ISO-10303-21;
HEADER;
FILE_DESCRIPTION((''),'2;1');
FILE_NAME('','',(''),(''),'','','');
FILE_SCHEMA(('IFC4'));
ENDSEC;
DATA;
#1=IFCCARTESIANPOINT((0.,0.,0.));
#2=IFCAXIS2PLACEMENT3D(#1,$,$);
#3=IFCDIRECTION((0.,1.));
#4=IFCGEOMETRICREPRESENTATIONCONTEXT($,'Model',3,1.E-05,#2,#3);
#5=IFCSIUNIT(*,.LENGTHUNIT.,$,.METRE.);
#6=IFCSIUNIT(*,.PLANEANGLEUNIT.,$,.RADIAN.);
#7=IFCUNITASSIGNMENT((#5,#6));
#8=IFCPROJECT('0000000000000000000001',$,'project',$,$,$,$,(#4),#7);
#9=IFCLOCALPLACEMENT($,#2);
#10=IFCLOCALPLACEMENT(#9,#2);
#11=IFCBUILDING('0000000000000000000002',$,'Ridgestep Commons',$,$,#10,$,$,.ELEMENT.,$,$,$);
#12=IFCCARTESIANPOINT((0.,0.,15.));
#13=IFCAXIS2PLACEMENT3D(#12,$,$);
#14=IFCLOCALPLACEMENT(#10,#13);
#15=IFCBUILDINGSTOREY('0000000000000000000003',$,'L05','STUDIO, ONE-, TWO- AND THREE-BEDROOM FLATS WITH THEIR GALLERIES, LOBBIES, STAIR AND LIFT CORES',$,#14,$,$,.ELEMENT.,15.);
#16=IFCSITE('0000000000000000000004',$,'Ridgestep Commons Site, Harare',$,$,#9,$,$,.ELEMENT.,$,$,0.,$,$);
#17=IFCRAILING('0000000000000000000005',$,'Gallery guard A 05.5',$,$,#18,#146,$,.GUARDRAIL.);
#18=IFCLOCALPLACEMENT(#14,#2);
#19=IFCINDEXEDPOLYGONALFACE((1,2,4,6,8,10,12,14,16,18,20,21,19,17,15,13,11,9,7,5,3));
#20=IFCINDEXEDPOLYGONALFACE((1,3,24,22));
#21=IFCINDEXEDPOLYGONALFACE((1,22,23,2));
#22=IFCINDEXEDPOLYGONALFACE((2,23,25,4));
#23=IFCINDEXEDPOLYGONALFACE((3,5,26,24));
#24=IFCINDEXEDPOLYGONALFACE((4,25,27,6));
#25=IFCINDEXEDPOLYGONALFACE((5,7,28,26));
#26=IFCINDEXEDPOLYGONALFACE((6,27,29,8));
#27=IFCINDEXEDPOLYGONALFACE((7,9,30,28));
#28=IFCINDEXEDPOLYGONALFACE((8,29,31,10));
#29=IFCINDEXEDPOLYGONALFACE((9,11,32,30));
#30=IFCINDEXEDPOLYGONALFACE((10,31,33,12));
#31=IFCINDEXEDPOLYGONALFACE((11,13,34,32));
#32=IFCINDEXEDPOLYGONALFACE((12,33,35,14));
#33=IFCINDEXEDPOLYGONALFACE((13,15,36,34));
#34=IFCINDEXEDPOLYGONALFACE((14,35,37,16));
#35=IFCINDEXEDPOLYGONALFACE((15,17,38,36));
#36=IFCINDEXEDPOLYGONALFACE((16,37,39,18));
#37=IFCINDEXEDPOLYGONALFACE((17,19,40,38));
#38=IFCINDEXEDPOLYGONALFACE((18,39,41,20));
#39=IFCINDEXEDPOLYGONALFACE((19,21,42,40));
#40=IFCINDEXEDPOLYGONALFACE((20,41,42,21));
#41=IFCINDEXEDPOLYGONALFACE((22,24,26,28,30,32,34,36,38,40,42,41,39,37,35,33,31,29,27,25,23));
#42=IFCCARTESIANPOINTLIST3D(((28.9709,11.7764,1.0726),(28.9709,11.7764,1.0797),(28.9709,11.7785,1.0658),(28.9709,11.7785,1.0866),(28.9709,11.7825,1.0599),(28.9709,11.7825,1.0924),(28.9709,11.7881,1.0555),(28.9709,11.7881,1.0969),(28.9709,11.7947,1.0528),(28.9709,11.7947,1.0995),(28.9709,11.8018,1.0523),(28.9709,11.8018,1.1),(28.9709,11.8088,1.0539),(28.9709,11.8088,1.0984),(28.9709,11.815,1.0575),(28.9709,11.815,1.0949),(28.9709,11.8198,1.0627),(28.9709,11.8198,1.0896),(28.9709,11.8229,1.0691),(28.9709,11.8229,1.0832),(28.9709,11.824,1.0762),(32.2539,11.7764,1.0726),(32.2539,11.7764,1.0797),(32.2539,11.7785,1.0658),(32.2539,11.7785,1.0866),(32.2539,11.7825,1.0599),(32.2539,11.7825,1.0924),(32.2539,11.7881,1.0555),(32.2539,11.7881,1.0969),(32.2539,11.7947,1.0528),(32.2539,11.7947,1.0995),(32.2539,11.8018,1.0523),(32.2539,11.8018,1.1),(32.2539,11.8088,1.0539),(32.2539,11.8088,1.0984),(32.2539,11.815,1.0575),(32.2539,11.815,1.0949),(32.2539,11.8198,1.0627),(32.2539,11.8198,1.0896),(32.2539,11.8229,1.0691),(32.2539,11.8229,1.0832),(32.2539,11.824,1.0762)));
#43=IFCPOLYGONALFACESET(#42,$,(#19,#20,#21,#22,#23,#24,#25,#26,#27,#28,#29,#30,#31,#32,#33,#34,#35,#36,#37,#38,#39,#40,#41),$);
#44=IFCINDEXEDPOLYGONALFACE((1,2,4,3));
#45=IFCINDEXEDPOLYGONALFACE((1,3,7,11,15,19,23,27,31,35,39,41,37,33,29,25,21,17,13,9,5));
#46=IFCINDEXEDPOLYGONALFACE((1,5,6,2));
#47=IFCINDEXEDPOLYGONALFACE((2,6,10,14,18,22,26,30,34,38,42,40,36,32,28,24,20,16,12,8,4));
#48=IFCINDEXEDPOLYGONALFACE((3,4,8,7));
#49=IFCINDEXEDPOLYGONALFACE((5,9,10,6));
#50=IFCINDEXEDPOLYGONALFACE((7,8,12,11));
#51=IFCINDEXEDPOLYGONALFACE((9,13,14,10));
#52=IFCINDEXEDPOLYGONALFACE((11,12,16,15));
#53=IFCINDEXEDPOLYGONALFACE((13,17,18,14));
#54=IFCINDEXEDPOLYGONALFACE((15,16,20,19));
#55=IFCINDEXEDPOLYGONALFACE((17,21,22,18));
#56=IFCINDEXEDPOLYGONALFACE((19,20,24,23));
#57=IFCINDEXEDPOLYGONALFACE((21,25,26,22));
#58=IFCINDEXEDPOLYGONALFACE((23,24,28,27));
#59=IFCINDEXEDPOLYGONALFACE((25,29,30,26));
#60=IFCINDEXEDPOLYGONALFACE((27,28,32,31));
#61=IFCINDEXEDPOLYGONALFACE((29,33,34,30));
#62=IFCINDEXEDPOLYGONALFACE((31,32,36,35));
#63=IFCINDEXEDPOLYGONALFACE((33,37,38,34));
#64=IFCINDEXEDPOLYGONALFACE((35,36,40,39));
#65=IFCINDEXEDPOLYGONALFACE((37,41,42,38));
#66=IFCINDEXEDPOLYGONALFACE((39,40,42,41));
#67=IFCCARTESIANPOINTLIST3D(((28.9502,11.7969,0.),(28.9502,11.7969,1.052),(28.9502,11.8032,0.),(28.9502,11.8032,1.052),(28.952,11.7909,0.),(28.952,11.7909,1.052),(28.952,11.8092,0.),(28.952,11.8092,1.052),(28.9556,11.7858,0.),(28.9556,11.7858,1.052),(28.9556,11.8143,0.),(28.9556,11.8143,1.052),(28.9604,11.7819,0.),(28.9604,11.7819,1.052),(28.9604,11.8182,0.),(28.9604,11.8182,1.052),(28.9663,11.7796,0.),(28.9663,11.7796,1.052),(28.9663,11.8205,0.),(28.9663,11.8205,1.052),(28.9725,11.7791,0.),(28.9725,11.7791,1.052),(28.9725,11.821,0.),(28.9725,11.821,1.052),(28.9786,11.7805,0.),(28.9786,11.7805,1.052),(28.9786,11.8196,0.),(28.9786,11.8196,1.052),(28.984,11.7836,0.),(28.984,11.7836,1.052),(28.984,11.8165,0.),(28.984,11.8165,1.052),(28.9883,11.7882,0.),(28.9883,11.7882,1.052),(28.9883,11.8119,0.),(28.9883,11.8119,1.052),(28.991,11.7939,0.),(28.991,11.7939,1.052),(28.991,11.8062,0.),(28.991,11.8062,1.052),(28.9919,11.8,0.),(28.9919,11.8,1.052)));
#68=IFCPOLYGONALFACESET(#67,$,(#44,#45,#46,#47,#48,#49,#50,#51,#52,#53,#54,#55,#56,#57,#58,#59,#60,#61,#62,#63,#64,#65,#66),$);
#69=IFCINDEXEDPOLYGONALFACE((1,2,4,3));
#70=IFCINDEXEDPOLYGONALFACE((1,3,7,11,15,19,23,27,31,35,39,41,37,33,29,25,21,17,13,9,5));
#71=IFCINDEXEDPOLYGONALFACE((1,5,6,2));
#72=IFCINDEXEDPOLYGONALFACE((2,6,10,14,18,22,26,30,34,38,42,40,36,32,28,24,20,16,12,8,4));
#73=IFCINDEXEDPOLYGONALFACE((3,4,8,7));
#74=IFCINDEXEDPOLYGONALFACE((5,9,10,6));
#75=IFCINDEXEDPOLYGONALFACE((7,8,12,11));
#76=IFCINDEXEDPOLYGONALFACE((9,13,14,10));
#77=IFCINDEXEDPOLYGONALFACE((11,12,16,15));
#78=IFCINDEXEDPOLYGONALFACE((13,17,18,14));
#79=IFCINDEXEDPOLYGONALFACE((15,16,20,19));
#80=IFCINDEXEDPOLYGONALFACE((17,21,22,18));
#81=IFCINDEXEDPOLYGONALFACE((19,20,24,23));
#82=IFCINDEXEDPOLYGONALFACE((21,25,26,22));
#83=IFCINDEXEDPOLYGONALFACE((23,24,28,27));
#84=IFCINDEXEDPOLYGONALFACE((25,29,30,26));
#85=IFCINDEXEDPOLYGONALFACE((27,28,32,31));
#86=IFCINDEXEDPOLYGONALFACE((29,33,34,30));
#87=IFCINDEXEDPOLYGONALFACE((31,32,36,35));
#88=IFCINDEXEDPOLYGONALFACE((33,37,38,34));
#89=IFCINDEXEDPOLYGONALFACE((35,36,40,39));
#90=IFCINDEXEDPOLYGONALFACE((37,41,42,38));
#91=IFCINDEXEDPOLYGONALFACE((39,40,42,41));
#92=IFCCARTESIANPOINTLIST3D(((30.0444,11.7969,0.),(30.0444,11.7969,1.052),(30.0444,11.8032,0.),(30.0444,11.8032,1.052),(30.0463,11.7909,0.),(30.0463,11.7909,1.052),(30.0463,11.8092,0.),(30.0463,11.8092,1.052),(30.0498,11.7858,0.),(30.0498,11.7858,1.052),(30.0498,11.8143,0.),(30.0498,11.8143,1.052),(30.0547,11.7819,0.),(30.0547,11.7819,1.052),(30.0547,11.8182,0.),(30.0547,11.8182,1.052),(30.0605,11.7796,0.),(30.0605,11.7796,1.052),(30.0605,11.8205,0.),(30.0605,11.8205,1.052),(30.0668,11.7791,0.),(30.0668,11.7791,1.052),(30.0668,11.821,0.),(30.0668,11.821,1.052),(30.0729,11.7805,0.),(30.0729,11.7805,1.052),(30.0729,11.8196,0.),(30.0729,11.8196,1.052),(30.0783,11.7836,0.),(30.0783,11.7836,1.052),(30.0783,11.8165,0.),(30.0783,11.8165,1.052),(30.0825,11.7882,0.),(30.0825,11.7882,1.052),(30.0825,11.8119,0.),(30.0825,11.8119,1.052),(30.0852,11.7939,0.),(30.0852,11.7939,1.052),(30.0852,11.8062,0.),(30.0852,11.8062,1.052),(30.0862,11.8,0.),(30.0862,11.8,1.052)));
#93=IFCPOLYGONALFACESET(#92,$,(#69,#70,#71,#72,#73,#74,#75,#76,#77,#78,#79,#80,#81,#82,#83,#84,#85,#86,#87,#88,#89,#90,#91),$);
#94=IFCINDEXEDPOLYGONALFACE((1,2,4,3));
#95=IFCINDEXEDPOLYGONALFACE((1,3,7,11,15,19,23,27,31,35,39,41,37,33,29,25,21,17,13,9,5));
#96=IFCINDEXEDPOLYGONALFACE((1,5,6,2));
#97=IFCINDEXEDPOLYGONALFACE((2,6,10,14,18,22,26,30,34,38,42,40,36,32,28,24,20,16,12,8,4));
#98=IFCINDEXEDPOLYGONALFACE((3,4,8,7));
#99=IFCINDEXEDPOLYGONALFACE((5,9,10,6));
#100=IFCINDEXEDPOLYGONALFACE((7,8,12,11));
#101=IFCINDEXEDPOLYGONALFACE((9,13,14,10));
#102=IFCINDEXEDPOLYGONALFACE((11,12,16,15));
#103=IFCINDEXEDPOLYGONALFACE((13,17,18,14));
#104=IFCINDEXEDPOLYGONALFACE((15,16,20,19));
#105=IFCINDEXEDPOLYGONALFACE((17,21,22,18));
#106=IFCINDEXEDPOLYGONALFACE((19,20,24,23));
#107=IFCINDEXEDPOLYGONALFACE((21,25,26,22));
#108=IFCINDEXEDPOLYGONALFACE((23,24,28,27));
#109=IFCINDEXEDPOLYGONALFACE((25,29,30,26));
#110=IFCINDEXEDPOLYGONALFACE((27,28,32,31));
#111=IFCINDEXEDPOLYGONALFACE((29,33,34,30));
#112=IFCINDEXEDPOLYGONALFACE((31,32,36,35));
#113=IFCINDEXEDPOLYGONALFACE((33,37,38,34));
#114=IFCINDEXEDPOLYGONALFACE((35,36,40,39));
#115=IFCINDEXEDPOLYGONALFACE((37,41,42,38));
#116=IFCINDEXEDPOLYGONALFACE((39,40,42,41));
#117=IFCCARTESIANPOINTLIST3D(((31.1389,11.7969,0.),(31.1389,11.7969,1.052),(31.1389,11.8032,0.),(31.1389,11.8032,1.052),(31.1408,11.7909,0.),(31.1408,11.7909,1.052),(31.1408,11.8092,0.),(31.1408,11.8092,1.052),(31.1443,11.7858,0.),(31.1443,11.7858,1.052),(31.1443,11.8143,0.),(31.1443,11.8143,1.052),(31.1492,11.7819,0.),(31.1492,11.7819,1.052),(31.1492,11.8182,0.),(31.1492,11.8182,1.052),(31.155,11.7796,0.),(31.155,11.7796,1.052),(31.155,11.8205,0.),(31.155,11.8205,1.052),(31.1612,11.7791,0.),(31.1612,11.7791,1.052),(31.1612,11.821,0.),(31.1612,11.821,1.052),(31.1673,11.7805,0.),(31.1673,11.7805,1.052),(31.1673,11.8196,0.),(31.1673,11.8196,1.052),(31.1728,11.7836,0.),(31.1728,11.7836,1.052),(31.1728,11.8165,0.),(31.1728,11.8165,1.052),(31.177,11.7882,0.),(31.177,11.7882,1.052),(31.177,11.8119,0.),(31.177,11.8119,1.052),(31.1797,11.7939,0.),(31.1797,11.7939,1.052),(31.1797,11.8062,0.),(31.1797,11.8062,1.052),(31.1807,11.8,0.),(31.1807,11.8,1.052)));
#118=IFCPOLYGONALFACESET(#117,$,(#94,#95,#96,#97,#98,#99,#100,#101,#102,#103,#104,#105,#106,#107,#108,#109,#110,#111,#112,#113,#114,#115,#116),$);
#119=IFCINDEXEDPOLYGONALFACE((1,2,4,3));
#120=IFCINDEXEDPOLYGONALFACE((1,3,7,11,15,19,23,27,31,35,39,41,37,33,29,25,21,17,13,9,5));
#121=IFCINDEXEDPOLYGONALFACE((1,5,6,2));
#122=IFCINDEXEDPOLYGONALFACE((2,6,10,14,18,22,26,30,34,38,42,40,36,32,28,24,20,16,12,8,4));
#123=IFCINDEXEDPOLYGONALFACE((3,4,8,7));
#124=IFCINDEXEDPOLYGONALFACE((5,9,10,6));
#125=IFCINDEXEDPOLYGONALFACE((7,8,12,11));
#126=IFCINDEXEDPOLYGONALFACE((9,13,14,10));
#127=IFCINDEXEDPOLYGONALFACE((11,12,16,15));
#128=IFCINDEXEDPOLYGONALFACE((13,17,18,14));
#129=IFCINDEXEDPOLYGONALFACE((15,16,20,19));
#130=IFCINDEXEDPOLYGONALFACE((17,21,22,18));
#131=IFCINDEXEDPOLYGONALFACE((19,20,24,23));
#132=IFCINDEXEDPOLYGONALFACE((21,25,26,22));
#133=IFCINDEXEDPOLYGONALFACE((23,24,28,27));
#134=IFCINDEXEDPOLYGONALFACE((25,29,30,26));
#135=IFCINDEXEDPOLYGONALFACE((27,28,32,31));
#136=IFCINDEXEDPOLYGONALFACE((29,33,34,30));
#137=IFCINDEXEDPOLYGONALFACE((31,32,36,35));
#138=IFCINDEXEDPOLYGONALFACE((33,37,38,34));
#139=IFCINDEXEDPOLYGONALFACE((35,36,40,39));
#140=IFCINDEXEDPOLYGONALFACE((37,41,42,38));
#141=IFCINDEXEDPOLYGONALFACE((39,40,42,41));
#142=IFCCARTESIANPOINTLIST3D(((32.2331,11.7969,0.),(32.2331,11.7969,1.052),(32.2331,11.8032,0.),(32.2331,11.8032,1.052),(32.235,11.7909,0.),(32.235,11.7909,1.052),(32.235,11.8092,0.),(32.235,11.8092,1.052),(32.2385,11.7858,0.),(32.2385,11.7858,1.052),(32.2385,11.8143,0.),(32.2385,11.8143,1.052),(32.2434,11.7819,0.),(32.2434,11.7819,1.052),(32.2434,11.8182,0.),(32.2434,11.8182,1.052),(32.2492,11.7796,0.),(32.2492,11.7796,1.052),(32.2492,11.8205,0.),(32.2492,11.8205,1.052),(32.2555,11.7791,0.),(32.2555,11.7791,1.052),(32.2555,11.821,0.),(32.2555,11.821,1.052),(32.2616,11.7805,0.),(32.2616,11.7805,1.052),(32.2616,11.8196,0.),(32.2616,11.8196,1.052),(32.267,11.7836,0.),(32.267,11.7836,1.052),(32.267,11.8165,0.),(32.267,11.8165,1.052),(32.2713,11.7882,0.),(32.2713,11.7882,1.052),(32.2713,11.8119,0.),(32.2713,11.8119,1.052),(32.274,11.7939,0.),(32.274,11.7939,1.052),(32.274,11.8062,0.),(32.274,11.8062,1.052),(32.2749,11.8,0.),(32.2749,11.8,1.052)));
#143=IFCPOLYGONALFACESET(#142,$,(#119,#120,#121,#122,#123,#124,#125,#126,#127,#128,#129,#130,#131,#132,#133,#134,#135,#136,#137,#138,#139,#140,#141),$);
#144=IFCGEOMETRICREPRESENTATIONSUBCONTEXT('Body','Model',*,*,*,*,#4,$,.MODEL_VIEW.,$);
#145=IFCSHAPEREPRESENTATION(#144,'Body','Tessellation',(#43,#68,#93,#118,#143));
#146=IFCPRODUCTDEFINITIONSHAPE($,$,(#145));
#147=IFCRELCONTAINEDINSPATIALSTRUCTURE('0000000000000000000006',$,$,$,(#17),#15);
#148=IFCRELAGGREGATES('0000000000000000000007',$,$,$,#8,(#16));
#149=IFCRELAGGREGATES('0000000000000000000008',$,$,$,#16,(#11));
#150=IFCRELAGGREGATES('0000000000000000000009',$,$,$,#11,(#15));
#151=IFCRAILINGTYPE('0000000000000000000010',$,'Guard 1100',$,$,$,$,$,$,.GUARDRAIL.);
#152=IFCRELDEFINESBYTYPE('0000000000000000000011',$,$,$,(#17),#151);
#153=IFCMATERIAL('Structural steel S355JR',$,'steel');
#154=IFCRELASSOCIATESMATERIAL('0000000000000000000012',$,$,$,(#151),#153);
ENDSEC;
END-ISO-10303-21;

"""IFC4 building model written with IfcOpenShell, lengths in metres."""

from ifc_helpers import new_model, si_unit, direction, frame, origin, origin_2d, place, context, subcontext, project, spatial, circle, extrude, material, type_object, element, save


model = new_model("IFC4")

# Units and contexts
model_context = context("Model", 3, precision=1e-05, world=origin(), true_north=direction((0.0, 1.0)))
body_context = subcontext(model_context, "Body", "Model", "MODEL_VIEW")
ifc_project = project(units=[si_unit("LENGTHUNIT", "METRE"), si_unit("PLANEANGLEUNIT", "RADIAN")], contexts=[model_context])

# Site, building, storey
site_placement = place(None, origin())
site = spatial("IfcSite", under=ifc_project, at=site_placement, Name="Ridgestep Commons Site, Harare", CompositionType="ELEMENT", RefElevation=0.0)
building_placement = place(site_placement, origin())
building = spatial("IfcBuilding", under=site, at=building_placement, Name="Ridgestep Commons", CompositionType="ELEMENT")
storey_placement = place(building_placement, frame((0.0, 0.0, 15.0)))
storey = spatial("IfcBuildingStorey", under=building, at=storey_placement, Name="L05", Description="STUDIO, ONE-, TWO- AND THREE-BEDROOM FLATS WITH THEIR GALLERIES, LOBBIES, STAIR AND LIFT CORES", CompositionType="ELEMENT", Elevation=15.0)

# Railing
ifc_material_1 = material(Name="Structural steel S355JR", Category="steel")
railing_type = type_object("IfcRailingType", Name="Guard 1100", PredefinedType="GUARDRAIL", material=ifc_material_1)
railing_1_placement = place(storey_placement, frame((28.9709, 11.8, 0.0)))
element("IfcRailing", 1, at=railing_1_placement, inside=storey, type_object=railing_type, Name="Gallery guard A 05.5", PredefinedType="GUARDRAIL", context=body_context, shape_type="SweptSolid", body=[
    extrude(circle(Radius=0.0239, at=origin_2d()), frame((0.0, 0.0, 1.0762), z_axis=(1.0, 0.0, 0.0), x_axis=(0.0, 1.0, 0.0)), (0.0, 0.0, 1.0), 3.283),
    extrude(circle(Radius=0.021, at=origin_2d()), origin(), (0.0, 0.0, 1.0), 1.052),
    extrude(circle(Radius=0.021, at=origin_2d()), frame((1.0942, 0.0, 0.0)), (0.0, 0.0, 1.0), 1.052),
    extrude(circle(Radius=0.021, at=origin_2d()), frame((2.1887, 0.0, 0.0)), (0.0, 0.0, 1.0), 1.052),
    extrude(circle(Radius=0.021, at=origin_2d()), frame((3.283, 0.0, 0.0)), (0.0, 0.0, 1.0), 1.052),
])

save(model, "model.ifc")
